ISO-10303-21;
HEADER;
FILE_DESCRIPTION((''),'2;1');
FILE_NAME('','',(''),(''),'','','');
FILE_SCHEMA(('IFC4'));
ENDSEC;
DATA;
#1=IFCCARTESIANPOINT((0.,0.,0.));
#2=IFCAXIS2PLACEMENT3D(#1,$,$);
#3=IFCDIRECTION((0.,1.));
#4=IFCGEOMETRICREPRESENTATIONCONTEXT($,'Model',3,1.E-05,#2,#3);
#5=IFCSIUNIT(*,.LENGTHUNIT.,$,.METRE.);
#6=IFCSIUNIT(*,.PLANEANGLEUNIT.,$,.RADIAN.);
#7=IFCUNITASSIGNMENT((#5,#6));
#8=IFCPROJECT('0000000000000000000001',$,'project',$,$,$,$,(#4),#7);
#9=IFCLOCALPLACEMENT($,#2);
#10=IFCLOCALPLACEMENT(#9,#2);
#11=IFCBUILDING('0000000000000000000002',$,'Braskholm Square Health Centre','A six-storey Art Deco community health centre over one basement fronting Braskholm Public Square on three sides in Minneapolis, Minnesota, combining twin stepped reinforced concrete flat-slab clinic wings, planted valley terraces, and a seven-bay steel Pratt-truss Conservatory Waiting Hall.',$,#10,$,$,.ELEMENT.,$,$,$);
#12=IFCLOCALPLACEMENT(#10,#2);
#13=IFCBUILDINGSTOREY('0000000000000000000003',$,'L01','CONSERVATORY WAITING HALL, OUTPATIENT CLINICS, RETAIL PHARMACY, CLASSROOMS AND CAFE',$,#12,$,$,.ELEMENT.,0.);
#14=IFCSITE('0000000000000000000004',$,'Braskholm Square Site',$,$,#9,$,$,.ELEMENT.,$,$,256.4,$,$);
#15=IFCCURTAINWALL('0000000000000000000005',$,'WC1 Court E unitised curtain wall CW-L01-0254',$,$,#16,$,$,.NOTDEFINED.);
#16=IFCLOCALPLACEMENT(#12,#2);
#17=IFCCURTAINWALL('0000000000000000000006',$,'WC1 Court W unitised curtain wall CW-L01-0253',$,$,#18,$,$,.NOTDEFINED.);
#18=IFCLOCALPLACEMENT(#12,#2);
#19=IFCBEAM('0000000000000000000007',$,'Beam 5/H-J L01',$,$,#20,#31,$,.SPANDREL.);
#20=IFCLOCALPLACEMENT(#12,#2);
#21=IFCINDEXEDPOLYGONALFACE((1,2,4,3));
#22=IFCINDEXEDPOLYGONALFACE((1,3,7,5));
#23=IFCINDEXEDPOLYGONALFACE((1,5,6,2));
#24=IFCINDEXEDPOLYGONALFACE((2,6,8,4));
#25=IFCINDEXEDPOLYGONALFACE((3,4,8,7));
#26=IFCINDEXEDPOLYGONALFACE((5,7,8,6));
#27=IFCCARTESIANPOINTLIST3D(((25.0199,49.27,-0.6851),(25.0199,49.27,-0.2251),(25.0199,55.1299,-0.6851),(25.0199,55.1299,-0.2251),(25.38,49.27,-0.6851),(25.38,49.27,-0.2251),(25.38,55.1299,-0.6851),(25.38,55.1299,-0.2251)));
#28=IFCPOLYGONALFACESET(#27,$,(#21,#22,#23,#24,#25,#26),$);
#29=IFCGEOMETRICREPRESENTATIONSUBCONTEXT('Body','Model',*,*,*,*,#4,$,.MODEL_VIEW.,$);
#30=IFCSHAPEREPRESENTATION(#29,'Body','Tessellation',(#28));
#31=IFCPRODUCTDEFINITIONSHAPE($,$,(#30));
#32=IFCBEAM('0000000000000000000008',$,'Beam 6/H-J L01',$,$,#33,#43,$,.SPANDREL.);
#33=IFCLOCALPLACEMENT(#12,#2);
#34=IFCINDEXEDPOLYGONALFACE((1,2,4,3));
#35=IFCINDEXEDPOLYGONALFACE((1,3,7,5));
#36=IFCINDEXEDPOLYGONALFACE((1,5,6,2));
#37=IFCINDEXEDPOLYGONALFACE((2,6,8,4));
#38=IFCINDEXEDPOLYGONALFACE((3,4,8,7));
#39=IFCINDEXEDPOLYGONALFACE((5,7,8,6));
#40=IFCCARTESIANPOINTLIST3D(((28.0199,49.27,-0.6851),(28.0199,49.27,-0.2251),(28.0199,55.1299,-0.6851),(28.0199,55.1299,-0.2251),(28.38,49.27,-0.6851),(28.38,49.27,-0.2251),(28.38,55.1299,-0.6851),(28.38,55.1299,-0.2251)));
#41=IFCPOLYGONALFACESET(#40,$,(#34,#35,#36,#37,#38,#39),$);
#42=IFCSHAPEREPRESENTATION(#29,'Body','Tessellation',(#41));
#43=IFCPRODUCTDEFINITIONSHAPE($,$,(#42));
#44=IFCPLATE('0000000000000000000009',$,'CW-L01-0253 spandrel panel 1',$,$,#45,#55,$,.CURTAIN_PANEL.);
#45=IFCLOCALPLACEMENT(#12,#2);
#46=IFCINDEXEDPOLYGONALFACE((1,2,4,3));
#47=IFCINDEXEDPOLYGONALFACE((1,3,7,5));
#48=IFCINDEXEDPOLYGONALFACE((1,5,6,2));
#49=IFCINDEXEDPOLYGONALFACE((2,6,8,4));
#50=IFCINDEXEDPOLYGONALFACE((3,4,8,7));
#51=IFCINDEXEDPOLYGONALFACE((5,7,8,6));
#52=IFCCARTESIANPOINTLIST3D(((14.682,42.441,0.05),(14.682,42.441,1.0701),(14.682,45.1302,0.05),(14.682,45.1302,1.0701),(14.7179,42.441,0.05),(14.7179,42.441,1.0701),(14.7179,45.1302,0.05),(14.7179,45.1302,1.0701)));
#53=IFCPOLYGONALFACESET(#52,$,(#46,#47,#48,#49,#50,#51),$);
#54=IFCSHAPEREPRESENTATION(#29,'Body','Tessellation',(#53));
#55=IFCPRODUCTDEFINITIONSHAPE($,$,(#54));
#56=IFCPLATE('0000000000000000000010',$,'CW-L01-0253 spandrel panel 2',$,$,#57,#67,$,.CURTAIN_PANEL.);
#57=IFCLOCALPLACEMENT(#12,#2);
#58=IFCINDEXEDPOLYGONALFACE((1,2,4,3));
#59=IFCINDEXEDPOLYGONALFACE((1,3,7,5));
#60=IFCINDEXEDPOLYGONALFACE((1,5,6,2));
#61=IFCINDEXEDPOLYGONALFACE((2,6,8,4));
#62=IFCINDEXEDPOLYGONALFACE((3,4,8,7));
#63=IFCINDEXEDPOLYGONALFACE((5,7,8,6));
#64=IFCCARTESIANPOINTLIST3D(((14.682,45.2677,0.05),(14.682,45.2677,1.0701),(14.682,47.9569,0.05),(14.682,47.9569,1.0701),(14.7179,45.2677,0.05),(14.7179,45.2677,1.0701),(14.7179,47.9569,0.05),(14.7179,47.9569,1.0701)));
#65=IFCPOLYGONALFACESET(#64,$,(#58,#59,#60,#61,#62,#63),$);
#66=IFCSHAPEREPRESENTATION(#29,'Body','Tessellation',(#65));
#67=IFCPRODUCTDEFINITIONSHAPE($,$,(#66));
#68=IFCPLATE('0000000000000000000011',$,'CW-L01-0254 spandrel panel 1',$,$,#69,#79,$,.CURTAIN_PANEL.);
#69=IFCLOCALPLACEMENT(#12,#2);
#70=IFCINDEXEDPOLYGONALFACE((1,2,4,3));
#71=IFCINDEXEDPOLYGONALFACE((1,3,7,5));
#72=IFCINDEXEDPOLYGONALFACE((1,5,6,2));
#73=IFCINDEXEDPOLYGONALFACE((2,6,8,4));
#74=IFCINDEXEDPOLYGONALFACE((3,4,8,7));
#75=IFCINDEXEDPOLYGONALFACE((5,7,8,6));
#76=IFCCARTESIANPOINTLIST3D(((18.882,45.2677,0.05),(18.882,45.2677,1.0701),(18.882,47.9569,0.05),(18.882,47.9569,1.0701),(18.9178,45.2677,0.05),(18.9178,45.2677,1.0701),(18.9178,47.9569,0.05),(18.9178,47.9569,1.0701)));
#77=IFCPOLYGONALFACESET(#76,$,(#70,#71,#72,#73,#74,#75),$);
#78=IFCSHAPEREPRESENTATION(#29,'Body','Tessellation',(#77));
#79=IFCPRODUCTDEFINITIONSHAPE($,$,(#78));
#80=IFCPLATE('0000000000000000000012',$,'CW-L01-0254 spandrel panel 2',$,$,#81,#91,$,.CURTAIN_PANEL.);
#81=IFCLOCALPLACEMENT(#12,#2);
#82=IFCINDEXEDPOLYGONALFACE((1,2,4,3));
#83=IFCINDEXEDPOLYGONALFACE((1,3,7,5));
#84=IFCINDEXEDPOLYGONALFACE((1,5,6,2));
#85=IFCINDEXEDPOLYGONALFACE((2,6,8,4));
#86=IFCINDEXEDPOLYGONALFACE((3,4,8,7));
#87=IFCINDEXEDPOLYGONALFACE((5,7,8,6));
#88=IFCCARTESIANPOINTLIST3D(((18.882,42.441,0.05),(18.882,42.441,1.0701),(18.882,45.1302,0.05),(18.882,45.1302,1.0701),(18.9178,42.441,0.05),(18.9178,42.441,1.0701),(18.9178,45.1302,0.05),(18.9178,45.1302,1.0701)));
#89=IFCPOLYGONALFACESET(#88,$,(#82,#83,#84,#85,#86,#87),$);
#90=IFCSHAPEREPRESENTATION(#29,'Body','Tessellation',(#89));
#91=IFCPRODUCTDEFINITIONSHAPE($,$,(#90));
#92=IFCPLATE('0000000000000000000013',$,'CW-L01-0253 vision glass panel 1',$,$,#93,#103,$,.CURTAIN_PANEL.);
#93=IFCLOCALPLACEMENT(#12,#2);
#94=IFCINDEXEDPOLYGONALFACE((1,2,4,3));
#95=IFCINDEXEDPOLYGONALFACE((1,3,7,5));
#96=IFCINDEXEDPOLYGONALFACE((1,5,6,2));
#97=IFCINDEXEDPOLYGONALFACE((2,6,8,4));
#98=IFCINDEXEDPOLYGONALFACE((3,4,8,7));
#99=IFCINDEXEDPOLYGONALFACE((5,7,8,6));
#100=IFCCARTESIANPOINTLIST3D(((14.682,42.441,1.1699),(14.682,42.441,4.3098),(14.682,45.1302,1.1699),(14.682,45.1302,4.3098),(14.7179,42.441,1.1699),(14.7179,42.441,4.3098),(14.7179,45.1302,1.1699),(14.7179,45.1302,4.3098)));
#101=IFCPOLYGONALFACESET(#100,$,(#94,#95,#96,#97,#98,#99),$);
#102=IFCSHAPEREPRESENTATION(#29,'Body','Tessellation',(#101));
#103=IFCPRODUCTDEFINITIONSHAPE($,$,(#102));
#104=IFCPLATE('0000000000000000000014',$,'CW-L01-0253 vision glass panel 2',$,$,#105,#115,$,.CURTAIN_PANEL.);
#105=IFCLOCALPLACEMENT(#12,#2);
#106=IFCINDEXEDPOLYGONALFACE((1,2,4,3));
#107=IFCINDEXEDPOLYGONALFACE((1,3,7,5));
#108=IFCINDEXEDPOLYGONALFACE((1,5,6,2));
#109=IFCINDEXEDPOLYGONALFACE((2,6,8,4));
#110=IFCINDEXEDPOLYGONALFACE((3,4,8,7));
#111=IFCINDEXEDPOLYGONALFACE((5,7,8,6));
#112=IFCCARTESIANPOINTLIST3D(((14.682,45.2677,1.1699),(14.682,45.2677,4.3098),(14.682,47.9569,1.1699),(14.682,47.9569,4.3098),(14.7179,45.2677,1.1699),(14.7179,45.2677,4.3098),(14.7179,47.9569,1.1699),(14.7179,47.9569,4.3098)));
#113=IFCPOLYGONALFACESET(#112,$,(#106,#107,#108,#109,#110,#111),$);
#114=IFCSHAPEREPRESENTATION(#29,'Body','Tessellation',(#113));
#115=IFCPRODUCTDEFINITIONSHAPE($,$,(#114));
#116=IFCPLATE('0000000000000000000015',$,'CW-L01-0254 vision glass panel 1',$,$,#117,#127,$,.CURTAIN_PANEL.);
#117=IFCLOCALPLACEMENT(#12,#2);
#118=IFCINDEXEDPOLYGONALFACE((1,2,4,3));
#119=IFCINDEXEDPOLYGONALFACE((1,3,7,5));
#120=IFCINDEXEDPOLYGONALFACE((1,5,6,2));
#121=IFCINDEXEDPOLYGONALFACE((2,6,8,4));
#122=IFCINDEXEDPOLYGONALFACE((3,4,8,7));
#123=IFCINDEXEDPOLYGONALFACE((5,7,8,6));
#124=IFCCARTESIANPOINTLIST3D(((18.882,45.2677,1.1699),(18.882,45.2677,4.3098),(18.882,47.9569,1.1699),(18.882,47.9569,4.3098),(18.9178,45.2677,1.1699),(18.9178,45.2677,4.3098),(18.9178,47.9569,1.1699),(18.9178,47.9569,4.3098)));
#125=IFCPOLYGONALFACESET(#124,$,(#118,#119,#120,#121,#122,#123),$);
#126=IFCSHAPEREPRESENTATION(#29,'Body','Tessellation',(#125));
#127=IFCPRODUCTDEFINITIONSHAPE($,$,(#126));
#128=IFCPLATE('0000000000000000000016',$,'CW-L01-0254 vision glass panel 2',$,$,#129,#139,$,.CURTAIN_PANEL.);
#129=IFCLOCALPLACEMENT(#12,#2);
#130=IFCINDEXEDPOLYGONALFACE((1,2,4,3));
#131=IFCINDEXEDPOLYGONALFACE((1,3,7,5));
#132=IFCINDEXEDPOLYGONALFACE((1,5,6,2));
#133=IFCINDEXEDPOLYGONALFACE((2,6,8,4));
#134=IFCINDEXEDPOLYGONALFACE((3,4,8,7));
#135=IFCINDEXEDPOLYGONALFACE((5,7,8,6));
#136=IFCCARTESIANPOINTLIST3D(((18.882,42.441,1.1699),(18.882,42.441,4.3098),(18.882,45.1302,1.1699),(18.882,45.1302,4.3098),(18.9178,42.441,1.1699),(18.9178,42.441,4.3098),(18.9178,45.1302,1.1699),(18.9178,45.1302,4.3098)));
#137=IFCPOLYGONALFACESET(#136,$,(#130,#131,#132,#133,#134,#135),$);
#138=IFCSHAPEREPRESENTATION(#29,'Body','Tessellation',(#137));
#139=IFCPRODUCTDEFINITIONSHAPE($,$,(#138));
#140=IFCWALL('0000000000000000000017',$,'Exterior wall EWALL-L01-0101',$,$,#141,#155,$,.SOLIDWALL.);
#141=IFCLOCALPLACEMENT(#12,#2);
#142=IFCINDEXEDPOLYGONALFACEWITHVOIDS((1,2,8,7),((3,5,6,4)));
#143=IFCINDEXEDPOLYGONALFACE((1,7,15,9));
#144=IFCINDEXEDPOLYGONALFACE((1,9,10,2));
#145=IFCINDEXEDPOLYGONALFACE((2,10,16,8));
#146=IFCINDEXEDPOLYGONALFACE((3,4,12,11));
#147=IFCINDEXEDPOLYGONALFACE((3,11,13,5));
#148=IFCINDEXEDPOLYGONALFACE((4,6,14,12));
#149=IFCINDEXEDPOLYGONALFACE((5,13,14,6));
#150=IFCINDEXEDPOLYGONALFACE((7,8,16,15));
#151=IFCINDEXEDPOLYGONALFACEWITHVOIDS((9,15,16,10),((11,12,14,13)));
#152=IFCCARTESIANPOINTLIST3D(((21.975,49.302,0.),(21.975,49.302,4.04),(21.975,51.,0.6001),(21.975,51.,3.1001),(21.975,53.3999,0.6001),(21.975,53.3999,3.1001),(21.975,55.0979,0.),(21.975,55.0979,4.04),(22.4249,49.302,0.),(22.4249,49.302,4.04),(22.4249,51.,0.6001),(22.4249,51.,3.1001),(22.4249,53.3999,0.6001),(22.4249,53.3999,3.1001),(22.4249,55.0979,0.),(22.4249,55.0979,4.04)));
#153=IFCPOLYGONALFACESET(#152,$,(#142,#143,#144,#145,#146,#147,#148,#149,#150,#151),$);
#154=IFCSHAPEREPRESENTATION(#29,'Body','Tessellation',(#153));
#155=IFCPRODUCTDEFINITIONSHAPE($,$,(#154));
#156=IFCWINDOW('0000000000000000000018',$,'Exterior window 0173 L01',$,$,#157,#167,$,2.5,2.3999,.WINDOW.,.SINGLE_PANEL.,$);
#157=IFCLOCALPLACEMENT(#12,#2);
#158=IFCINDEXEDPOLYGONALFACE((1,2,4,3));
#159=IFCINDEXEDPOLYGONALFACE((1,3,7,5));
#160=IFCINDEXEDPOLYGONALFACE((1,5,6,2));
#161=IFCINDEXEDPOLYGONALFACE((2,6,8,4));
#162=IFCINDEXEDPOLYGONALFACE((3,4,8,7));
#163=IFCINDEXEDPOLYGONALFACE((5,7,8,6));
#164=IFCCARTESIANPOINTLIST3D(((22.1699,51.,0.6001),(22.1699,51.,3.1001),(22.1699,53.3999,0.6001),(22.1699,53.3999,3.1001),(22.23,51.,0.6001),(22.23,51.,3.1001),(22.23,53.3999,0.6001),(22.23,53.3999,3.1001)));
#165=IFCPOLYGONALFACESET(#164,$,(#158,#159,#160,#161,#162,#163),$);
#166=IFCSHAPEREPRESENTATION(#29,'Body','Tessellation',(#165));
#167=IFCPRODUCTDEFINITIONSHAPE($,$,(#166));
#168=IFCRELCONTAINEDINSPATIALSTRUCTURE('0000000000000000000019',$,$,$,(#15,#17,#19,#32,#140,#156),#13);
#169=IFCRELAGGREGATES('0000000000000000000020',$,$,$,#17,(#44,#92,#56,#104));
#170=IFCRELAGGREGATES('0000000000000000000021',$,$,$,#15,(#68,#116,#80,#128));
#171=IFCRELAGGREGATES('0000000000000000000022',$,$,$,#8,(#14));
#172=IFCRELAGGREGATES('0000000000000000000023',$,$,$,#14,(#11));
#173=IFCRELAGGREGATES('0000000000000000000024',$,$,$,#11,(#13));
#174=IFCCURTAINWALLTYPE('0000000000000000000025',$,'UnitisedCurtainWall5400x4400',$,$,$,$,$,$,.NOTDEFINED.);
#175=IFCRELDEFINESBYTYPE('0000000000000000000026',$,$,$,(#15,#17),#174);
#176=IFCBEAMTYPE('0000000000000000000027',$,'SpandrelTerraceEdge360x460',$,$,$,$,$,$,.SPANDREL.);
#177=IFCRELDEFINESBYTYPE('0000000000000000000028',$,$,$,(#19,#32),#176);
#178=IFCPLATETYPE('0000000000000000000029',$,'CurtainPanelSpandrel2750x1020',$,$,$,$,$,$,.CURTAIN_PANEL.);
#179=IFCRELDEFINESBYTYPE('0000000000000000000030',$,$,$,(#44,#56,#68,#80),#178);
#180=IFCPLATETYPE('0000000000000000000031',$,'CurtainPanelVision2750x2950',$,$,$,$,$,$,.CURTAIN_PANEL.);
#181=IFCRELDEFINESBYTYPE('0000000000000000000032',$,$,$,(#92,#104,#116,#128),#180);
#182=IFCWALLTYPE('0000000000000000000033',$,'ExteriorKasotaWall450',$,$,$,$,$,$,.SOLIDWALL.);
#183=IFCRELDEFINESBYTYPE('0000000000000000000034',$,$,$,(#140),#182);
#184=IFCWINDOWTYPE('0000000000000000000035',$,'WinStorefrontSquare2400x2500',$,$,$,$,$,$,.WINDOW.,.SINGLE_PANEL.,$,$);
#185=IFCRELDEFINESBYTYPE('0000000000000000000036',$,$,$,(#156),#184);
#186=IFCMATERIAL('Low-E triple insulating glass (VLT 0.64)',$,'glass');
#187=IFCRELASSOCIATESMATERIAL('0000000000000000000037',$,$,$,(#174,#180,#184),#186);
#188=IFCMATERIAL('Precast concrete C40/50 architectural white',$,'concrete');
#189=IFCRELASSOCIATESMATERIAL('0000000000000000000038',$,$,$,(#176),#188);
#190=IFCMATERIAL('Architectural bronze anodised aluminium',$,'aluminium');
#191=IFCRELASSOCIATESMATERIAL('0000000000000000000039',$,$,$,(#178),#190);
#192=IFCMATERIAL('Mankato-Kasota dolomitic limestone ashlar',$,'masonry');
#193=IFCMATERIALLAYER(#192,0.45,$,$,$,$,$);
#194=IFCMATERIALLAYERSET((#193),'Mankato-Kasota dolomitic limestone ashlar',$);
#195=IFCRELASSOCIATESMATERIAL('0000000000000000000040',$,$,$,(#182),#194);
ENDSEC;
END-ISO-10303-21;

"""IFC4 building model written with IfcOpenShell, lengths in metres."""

from ifc_helpers import new_model, si_unit, direction, frame, frame_2d, origin, origin_with_axes, origin_2d, place, context, subcontext, project, spatial, rectangle, extrude, material, layer, layer_set, material_profile, profile_set, type_object, element, fill, aggregate, save


model = new_model("IFC4")

# Units and contexts
model_context = context("Model", 3, precision=1e-05, world=origin(), true_north=direction((0.0, 1.0)))
body_context = subcontext(model_context, "Body", "Model", "MODEL_VIEW")
ifc_project = project(units=[si_unit("LENGTHUNIT", "METRE"), si_unit("PLANEANGLEUNIT", "RADIAN")], contexts=[model_context])

# Site, building, storey
site_placement = place(None, origin())
site = spatial("IfcSite", under=ifc_project, at=site_placement, Name="Braskholm Square Site", CompositionType="ELEMENT", RefElevation=256.4)
building_placement = place(site_placement, origin())
building = spatial("IfcBuilding", under=site, at=building_placement, Name="Braskholm Square Health Centre", Description="A six-storey Art Deco community health centre over one basement fronting Braskholm Public Square on three sides in Minneapolis, Minnesota, combining twin stepped reinforced concrete flat-slab clinic wings, planted valley terraces, and a seven-bay steel Pratt-truss Conservatory Waiting Hall.", CompositionType="ELEMENT")
storey_placement = place(building_placement, origin())
storey = spatial("IfcBuildingStorey", under=building, at=storey_placement, Name="L01", Description="CONSERVATORY WAITING HALL, OUTPATIENT CLINICS, RETAIL PHARMACY, CLASSROOMS AND CAFE", CompositionType="ELEMENT", Elevation=0.0)

# Shared definitions
ifc_material_1 = material(Name="Precast concrete C40/50 architectural white", Category="concrete")

# Curtain walls
ifc_material_2 = material(Name="Low-E triple insulating glass (VLT 0.64)", Category="glass")
curtain_wall_type = type_object("IfcCurtainWallType", Name="UnitisedCurtainWall5400x4400", PredefinedType="NOTDEFINED", material=ifc_material_2)
curtain_wall_1_placement = place(storey_placement, origin())
curtain_wall_1 = element("IfcCurtainWall", 1, at=curtain_wall_1_placement, inside=storey, type_object=curtain_wall_type, Name="WC1 Court E unitised curtain wall CW-L01-0254", PredefinedType="NOTDEFINED")
ifc_material_3 = material(Name="Architectural bronze anodised aluminium", Category="aluminium")
curtain_wall_2_placement = place(storey_placement, origin())
curtain_wall_2 = element("IfcCurtainWall", 2, at=curtain_wall_2_placement, inside=storey, type_object=curtain_wall_type, Name="WC1 Court W unitised curtain wall CW-L01-0253", PredefinedType="NOTDEFINED")

# Beams
ifc_material_profile_1 = material_profile(ifc_material_1, rectangle(XDim=0.3601, YDim=0.46, at=origin_2d()), Name="RCB-360X460")
ifc_profile_set_1 = profile_set([ifc_material_profile_1], Name="Precast concrete C40/50 architectural white")
beam_type_1 = type_object("IfcBeamType", Name="SpandrelTerraceEdge360x460", PredefinedType="SPANDREL", material=ifc_profile_set_1)
for number, where, z_axis, x_axis, name in (
    (3, (25.2, 49.27, -0.4551), (0.0, 1.0, 0.0), (-1.0, 0.0, 0.0), "Beam 5/H-J L01"),
    (4, (28.2, 49.27, -0.4551), (0.0, 1.0, 0.0), (-1.0, 0.0, 0.0), "Beam 6/H-J L01"),
):
    element("IfcBeam", number, at=place(storey_placement, frame(where, z_axis=z_axis, x_axis=x_axis)), inside=storey, type_object=beam_type_1, Name=name, PredefinedType="SPANDREL", context=body_context, shape_type="SweptSolid", body=[
        extrude(rectangle(XDim=0.3601, YDim=0.46, at=origin_2d()), origin(), (0.0, 0.0, 1.0), 5.8599),
    ])

# Plates
plate_type_1 = type_object("IfcPlateType", Name="CurtainPanelSpandrel2750x1020", PredefinedType="CURTAIN_PANEL", material=ifc_material_3)
plate_1_placement = place(storey_placement, frame((14.7, 43.7856, 0.05), z_axis=(0.0, 0.0, 1.0), x_axis=(0.0, 1.0, 0.0)))
plate_1 = element("IfcPlate", 5, at=plate_1_placement, type_object=plate_type_1, Name="CW-L01-0253 spandrel panel 1", PredefinedType="CURTAIN_PANEL", context=body_context, shape_type="SweptSolid", body=[
    extrude(rectangle(XDim=2.6892, YDim=0.0359, at=origin_2d()), origin(), (0.0, 0.0, 1.0), 1.02),
])
plate_2_placement = place(storey_placement, frame((14.7, 46.6123, 0.05), z_axis=(0.0, 0.0, 1.0), x_axis=(0.0, 1.0, 0.0)))
plate_2 = element("IfcPlate", 6, at=plate_2_placement, type_object=plate_type_1, Name="CW-L01-0253 spandrel panel 2", PredefinedType="CURTAIN_PANEL", context=body_context, shape_type="SweptSolid", body=[
    extrude(rectangle(XDim=2.6892, YDim=0.0359, at=origin_2d()), origin(), (0.0, 0.0, 1.0), 1.02),
])
plate_3_placement = place(storey_placement, frame((18.8999, 46.6123, 0.05), z_axis=(0.0, 0.0, 1.0), x_axis=(0.0, -1.0, 0.0)))
plate_3 = element("IfcPlate", 7, at=plate_3_placement, type_object=plate_type_1, Name="CW-L01-0254 spandrel panel 1", PredefinedType="CURTAIN_PANEL", context=body_context, shape_type="SweptSolid", body=[
    extrude(rectangle(XDim=2.6892, YDim=0.0359, at=origin_2d()), origin(), (0.0, 0.0, 1.0), 1.02),
])
plate_4_placement = place(storey_placement, frame((18.8999, 43.7856, 0.05), z_axis=(0.0, 0.0, 1.0), x_axis=(0.0, -1.0, 0.0)))
plate_4 = element("IfcPlate", 8, at=plate_4_placement, type_object=plate_type_1, Name="CW-L01-0254 spandrel panel 2", PredefinedType="CURTAIN_PANEL", context=body_context, shape_type="SweptSolid", body=[
    extrude(rectangle(XDim=2.6892, YDim=0.0359, at=origin_2d()), origin(), (0.0, 0.0, 1.0), 1.02),
])
plate_type_2 = type_object("IfcPlateType", Name="CurtainPanelVision2750x2950", PredefinedType="CURTAIN_PANEL", material=ifc_material_2)
plate_5_placement = place(storey_placement, frame((14.7, 43.7856, 1.1699), z_axis=(0.0, 0.0, 1.0), x_axis=(0.0, 1.0, 0.0)))
plate_5 = element("IfcPlate", 9, at=plate_5_placement, type_object=plate_type_2, Name="CW-L01-0253 vision glass panel 1", PredefinedType="CURTAIN_PANEL", context=body_context, shape_type="SweptSolid", body=[
    extrude(rectangle(XDim=2.6892, YDim=0.0359, at=origin_2d()), origin(), (0.0, 0.0, 1.0), 3.1399),
])
plate_6_placement = place(storey_placement, frame((14.7, 46.6123, 1.1699), z_axis=(0.0, 0.0, 1.0), x_axis=(0.0, 1.0, 0.0)))
plate_6 = element("IfcPlate", 10, at=plate_6_placement, type_object=plate_type_2, Name="CW-L01-0253 vision glass panel 2", PredefinedType="CURTAIN_PANEL", context=body_context, shape_type="SweptSolid", body=[
    extrude(rectangle(XDim=2.6892, YDim=0.0359, at=origin_2d()), origin(), (0.0, 0.0, 1.0), 3.1399),
])
aggregate(curtain_wall_2, [plate_1, plate_5, plate_2, plate_6])
plate_7_placement = place(storey_placement, frame((18.8999, 46.6123, 1.1699), z_axis=(0.0, 0.0, 1.0), x_axis=(0.0, -1.0, 0.0)))
plate_7 = element("IfcPlate", 11, at=plate_7_placement, type_object=plate_type_2, Name="CW-L01-0254 vision glass panel 1", PredefinedType="CURTAIN_PANEL", context=body_context, shape_type="SweptSolid", body=[
    extrude(rectangle(XDim=2.6892, YDim=0.0359, at=origin_2d()), origin(), (0.0, 0.0, 1.0), 3.1399),
])
plate_8_placement = place(storey_placement, frame((18.8999, 43.7856, 1.1699), z_axis=(0.0, 0.0, 1.0), x_axis=(0.0, -1.0, 0.0)))
plate_8 = element("IfcPlate", 12, at=plate_8_placement, type_object=plate_type_2, Name="CW-L01-0254 vision glass panel 2", PredefinedType="CURTAIN_PANEL", context=body_context, shape_type="SweptSolid", body=[
    extrude(rectangle(XDim=2.6892, YDim=0.0359, at=origin_2d()), origin(), (0.0, 0.0, 1.0), 3.1399),
])
aggregate(curtain_wall_1, [plate_3, plate_7, plate_4, plate_8])

# Wall, opening, window
ifc_material_4 = material(Name="Mankato-Kasota dolomitic limestone ashlar", Category="masonry")
ifc_layer_1 = layer(ifc_material_4, 0.45)
ifc_layer_set_1 = layer_set([ifc_layer_1], Name="Mankato-Kasota dolomitic limestone ashlar")
wall_type_1 = type_object("IfcWallType", Name="ExteriorKasotaWall450", PredefinedType="SOLIDWALL", material=ifc_layer_set_1)
wall_1_placement = place(storey_placement, frame((22.2, 49.302, 0.0), z_axis=(0.0, 0.0, 1.0), x_axis=(0.0, 1.0, 0.0)))
wall_1 = element("IfcWall", 13, at=wall_1_placement, inside=storey, type_object=wall_type_1, Name="Exterior wall EWALL-L01-0101", PredefinedType="SOLIDWALL", context=body_context, shape_type="SweptSolid", body=[
    extrude(rectangle(XDim=5.7959, YDim=0.45, at=frame_2d((2.8979, 0.0))), origin(), (0.0, 0.0, 1.0), 4.04),
])
opening_1_placement = place(wall_1_placement, frame((1.698, 0.0, 0.6001)))
opening_1 = element("IfcOpeningElement", 14, at=opening_1_placement, cuts=wall_1, PredefinedType="OPENING", context=body_context, shape_type="SweptSolid", body=[
    extrude(rectangle(XDim=2.3999, YDim=2.5, at=frame_2d((1.2, 1.25))), frame((0.0, 0.2349, 0.0), z_axis=(0.0, -1.0, 0.0), x_axis=(1.0, 0.0, 0.0)), (0.0, 0.0, 1.0), 0.47),
])
window_type_1 = type_object("IfcWindowType", Name="WinStorefrontSquare2400x2500", PartitioningType="SINGLE_PANEL", PredefinedType="WINDOW", material=ifc_material_2)
window_1_placement = place(opening_1_placement, origin_with_axes())
window_1 = element("IfcWindow", 15, at=window_1_placement, inside=storey, type_object=window_type_1, Name="Exterior window 0173 L01", OverallHeight=2.5, OverallWidth=2.3999, PartitioningType="SINGLE_PANEL", PredefinedType="WINDOW", context=body_context, shape_type="SweptSolid", body=[
    extrude(rectangle(XDim=2.3999, YDim=2.5, at=frame_2d((1.2, 1.25))), frame((0.0, 0.03, 0.0), z_axis=(0.0, -1.0, 0.0), x_axis=(1.0, 0.0, 0.0)), (0.0, 0.0, 1.0), 0.0601),
])
fill(opening_1, window_1)

save(model, "model.ifc")
